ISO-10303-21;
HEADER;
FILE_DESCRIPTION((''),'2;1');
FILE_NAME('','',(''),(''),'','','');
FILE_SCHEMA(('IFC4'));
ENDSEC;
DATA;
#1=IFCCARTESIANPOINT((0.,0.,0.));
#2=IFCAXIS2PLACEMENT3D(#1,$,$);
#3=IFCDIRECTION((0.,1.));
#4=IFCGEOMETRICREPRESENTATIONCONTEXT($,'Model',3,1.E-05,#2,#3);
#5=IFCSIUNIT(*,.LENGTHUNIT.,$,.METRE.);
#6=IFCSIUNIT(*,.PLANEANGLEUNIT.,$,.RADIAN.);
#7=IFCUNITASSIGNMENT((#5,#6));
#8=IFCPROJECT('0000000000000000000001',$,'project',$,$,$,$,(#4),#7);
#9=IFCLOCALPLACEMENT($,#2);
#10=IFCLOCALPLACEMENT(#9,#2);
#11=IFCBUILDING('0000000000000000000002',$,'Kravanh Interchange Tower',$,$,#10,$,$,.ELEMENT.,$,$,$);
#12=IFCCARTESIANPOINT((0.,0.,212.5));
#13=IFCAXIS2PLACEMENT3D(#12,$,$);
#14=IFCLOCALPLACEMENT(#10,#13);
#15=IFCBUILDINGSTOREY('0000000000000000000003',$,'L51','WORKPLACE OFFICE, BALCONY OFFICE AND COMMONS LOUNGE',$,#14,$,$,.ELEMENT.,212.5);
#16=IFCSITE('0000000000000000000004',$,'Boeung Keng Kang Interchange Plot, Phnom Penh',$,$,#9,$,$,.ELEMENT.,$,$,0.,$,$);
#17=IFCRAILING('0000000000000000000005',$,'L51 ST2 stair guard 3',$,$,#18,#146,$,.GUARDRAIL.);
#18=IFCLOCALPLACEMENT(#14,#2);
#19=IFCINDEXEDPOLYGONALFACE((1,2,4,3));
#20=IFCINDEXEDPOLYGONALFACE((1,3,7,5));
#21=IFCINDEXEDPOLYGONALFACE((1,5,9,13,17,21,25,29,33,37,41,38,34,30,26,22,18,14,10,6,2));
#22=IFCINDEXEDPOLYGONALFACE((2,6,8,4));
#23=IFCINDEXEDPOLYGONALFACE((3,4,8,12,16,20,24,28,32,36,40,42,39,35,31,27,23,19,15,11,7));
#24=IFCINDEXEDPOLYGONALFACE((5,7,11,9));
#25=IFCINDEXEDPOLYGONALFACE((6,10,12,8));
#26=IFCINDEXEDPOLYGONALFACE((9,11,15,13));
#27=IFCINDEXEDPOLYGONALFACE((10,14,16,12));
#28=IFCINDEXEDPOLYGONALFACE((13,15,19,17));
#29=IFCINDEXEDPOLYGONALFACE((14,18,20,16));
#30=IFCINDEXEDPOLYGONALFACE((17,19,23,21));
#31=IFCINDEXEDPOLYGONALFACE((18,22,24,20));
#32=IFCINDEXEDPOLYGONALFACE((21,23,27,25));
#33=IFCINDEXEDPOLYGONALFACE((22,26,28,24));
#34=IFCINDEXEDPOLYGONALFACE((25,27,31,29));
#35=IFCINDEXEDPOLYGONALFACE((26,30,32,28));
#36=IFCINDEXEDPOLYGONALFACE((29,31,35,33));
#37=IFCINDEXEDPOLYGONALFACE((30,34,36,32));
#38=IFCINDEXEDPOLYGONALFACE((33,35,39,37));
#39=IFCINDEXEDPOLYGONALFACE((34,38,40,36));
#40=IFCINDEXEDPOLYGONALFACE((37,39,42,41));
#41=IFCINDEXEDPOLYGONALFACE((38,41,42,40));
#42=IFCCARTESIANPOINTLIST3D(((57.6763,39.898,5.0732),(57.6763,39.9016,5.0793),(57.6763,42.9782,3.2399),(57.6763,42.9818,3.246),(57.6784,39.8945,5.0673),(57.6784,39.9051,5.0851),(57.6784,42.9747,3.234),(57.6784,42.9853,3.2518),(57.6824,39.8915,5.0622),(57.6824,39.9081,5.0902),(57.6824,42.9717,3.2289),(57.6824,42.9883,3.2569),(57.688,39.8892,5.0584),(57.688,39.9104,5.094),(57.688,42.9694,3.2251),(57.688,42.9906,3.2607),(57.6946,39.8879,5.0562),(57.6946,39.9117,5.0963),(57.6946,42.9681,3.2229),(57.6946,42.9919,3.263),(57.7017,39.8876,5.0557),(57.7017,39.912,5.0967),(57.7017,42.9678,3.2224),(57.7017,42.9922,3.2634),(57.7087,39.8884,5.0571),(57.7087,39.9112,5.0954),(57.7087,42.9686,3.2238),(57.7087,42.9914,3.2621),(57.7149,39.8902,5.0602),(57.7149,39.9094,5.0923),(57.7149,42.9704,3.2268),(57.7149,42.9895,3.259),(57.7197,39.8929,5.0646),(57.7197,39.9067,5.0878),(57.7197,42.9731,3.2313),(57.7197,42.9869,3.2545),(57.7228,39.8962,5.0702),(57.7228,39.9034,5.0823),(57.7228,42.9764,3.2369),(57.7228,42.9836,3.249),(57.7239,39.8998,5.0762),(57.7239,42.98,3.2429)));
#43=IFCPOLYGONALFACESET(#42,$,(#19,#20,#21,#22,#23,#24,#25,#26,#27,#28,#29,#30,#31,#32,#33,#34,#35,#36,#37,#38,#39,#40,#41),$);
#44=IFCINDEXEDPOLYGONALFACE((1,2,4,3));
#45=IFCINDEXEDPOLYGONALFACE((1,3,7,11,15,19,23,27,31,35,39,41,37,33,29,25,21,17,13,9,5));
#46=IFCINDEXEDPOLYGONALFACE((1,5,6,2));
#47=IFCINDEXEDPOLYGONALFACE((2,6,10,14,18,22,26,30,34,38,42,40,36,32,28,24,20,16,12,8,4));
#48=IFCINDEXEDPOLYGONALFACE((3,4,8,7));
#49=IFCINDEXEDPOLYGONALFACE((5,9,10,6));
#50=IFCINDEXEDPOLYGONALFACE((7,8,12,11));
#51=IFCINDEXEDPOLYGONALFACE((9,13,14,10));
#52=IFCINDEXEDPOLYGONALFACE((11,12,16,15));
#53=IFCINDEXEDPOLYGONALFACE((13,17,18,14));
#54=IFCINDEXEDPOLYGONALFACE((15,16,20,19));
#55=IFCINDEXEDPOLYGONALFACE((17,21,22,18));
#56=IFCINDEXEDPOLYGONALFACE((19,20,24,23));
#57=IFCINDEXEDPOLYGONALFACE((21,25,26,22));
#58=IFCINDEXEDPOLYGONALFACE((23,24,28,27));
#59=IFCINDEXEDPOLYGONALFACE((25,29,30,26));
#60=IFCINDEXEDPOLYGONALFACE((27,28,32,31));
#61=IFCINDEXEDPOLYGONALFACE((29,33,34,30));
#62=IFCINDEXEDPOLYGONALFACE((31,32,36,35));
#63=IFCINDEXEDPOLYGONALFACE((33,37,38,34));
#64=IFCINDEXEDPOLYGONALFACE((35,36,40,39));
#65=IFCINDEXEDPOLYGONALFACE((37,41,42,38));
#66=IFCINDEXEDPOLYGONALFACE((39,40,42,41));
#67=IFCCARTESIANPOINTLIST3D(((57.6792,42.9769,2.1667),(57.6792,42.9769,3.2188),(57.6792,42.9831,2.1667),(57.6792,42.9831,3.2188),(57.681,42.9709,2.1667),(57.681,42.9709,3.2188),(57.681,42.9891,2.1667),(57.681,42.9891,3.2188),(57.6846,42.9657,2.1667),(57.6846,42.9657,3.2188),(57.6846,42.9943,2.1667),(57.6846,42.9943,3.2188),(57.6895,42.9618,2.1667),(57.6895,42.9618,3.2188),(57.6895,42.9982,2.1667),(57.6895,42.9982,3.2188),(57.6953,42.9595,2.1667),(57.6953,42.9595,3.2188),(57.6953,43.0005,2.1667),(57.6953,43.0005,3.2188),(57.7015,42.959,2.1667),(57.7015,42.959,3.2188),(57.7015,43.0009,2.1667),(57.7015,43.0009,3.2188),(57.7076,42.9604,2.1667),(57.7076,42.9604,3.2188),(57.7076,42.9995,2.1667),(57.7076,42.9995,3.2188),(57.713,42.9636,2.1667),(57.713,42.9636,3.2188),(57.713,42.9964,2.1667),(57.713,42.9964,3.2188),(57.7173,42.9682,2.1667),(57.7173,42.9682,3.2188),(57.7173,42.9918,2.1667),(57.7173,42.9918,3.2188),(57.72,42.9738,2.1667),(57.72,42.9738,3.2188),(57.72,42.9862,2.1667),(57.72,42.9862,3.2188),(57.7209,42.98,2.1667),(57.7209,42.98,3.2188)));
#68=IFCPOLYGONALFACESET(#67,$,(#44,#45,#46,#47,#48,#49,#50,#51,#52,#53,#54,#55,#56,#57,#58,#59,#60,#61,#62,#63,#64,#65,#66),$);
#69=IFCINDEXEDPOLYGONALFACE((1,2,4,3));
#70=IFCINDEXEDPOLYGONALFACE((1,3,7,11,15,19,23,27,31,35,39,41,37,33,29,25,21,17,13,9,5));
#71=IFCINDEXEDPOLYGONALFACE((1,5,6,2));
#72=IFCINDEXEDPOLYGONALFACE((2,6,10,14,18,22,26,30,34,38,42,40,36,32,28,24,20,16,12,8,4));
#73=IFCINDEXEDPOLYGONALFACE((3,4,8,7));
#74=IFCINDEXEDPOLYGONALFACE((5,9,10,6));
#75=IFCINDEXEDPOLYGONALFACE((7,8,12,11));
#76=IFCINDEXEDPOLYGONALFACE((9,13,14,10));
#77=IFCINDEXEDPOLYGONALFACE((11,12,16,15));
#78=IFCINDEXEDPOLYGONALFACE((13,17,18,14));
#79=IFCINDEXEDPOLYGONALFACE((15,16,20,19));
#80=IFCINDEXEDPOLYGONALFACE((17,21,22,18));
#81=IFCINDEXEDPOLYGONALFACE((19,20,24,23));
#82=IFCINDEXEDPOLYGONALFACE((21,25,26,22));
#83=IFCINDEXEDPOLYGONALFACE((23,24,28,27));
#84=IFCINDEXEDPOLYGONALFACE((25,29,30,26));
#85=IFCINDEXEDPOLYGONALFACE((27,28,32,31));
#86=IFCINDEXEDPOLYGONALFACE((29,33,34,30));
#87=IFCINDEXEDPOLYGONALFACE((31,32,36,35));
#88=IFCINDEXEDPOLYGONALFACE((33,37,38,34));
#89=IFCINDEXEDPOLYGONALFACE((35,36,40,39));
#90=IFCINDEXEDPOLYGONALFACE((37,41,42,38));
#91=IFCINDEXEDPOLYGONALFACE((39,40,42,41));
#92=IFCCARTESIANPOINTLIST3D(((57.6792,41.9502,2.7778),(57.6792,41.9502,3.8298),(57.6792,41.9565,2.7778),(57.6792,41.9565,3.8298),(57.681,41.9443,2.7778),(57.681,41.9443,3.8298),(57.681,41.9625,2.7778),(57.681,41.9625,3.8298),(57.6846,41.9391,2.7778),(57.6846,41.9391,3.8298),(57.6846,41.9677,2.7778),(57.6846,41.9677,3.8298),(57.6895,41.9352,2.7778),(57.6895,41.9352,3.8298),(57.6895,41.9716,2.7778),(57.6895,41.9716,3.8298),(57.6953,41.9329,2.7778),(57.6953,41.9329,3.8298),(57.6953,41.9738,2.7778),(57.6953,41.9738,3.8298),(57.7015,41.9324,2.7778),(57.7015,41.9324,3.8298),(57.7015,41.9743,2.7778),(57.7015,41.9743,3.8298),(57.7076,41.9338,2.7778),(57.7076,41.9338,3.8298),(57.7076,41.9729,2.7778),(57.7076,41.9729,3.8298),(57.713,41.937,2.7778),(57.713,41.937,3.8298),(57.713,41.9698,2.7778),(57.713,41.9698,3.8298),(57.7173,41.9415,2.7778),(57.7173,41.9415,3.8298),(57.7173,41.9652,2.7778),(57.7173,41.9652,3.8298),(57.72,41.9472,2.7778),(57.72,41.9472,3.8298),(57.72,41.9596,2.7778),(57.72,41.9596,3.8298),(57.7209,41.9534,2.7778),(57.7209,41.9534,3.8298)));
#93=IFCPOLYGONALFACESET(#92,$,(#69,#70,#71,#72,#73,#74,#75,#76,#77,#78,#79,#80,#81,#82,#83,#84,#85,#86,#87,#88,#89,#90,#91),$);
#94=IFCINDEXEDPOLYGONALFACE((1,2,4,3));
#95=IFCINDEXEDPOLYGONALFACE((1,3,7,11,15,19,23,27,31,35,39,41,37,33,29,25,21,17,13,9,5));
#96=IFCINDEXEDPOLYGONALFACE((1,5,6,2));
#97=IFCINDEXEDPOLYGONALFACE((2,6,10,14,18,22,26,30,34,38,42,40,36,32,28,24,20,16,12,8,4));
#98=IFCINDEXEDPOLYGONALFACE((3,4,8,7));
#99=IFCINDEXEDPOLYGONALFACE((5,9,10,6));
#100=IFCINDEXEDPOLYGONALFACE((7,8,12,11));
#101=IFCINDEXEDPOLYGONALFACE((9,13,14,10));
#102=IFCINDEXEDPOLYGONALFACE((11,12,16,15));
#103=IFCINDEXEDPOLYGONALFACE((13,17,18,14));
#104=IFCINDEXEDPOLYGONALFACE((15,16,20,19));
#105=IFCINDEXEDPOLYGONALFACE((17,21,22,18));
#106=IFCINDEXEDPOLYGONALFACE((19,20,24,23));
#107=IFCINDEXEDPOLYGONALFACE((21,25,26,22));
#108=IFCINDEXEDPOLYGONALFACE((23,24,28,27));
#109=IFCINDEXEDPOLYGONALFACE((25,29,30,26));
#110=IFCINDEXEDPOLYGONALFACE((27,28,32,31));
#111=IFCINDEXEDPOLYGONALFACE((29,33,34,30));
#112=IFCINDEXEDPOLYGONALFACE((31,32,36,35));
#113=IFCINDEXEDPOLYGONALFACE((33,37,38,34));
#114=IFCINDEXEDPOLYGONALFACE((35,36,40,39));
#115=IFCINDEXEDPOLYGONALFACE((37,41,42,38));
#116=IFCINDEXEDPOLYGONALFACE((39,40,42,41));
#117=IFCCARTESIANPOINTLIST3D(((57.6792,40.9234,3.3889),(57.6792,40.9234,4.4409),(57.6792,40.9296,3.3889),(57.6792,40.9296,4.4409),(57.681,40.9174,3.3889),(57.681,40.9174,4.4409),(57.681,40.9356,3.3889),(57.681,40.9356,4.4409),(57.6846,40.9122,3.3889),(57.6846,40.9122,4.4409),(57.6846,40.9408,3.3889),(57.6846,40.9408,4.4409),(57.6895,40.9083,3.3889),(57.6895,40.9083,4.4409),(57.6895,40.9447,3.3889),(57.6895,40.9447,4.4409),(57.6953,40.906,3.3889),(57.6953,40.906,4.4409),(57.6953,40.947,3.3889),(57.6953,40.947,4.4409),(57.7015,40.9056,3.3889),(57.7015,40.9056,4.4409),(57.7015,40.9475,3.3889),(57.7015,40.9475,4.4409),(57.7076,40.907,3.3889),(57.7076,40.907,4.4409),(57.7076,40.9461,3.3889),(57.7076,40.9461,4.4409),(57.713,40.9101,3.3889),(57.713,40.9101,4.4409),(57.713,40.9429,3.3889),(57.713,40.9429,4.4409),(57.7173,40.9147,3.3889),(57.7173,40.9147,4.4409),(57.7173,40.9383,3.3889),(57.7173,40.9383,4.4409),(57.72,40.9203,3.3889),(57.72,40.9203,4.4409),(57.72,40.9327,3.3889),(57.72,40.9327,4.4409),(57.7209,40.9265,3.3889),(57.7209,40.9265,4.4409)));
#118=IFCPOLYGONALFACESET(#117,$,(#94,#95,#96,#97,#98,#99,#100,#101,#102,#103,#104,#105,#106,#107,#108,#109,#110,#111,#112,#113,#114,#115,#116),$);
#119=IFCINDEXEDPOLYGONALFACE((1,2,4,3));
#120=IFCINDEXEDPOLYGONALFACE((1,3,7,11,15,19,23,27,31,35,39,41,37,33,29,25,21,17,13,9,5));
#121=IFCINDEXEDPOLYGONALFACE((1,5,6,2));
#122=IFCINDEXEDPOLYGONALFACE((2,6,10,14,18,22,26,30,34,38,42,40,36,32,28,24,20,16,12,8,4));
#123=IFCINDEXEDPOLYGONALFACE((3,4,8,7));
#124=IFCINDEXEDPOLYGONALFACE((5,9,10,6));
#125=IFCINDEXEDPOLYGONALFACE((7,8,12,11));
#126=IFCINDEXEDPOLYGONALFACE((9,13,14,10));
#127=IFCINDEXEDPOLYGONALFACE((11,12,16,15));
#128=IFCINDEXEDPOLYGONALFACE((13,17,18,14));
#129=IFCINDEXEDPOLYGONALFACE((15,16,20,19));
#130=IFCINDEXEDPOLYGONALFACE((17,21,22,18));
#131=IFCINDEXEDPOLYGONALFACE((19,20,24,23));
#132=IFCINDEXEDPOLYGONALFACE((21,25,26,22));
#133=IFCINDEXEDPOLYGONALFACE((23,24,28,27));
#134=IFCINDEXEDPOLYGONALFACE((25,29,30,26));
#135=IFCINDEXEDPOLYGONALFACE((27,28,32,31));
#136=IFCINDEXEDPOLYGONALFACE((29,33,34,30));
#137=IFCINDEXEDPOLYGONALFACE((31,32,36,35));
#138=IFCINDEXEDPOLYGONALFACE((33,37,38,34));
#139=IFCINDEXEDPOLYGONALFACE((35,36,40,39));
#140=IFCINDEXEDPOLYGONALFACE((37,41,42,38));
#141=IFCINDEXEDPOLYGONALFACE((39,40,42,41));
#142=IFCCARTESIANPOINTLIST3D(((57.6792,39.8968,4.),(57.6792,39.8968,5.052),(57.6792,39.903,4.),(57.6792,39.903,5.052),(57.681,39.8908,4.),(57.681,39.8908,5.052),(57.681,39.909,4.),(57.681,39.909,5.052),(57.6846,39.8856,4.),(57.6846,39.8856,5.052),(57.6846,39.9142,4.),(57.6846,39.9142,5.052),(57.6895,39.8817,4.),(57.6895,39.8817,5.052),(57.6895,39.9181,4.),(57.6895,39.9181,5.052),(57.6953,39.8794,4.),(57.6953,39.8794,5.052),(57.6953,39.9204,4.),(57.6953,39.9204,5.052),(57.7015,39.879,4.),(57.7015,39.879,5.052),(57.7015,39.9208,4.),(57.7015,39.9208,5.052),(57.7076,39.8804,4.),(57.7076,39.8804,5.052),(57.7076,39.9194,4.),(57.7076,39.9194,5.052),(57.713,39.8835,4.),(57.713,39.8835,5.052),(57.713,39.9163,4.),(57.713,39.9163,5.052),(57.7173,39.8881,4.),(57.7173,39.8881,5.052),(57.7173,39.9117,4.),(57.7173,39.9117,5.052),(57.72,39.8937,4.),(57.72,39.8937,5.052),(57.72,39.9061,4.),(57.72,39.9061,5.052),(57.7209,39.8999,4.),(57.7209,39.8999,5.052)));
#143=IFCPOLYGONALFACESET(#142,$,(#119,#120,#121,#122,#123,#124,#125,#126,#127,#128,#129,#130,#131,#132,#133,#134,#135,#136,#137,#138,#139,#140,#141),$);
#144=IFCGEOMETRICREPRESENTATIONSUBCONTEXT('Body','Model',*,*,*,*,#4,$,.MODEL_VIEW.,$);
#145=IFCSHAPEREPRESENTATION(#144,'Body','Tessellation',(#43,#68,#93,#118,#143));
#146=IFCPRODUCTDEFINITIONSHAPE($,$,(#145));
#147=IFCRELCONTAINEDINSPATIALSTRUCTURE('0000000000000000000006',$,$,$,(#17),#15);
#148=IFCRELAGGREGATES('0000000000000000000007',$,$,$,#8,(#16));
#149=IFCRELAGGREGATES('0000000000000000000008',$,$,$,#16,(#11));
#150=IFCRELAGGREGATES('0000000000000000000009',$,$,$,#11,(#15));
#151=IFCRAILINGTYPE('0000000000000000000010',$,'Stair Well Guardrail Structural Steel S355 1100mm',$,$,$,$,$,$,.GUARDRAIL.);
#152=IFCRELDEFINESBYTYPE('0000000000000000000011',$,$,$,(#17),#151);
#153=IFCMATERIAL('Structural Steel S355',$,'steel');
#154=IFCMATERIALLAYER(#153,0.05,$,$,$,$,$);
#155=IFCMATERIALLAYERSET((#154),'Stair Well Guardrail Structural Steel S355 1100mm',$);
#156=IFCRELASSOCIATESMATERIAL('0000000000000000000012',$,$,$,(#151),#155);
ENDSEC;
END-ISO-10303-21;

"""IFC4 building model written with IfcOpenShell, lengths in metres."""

from ifc_helpers import new_model, si_unit, direction, frame, origin, origin_2d, place, context, subcontext, project, spatial, circle, extrude, material, layer, layer_set, type_object, element, save


model = new_model("IFC4")

# Units and contexts
model_context = context("Model", 3, precision=1e-05, world=origin(), true_north=direction((0.0, 1.0)))
body_context = subcontext(model_context, "Body", "Model", "MODEL_VIEW")
ifc_project = project(units=[si_unit("LENGTHUNIT", "METRE"), si_unit("PLANEANGLEUNIT", "RADIAN")], contexts=[model_context])

# Site, building, storey
site_placement = place(None, origin())
site = spatial("IfcSite", under=ifc_project, at=site_placement, Name="Boeung Keng Kang Interchange Plot, Phnom Penh", CompositionType="ELEMENT", RefElevation=0.0)
building_placement = place(site_placement, origin())
building = spatial("IfcBuilding", under=site, at=building_placement, Name="Kravanh Interchange Tower", CompositionType="ELEMENT")
storey_placement = place(building_placement, frame((0.0, 0.0, 212.5)))
storey = spatial("IfcBuildingStorey", under=building, at=storey_placement, Name="L51", Description="WORKPLACE OFFICE, BALCONY OFFICE AND COMMONS LOUNGE", CompositionType="ELEMENT", Elevation=212.5)

# Railing
ifc_material_1 = material(Name="Structural Steel S355", Category="steel")
ifc_layer_1 = layer(ifc_material_1, 0.05)
ifc_layer_set_1 = layer_set([ifc_layer_1], Name="Stair Well Guardrail Structural Steel S355 1100mm")
railing_type_1 = type_object("IfcRailingType", Name="Stair Well Guardrail Structural Steel S355 1100mm", PredefinedType="GUARDRAIL", material=ifc_layer_set_1)
railing_1_placement = place(storey_placement, frame((57.7, 42.98, 2.1667)))
element("IfcRailing", 1, at=railing_1_placement, inside=storey, type_object=railing_type_1, Name="L51 ST2 stair guard 3", PredefinedType="GUARDRAIL", context=body_context, shape_type="SweptSolid", body=[
    extrude(circle(Radius=0.0239, at=origin_2d()), frame((0.0, 0.0, 1.0762), z_axis=(0.0, -0.859309, 0.511458), x_axis=(1.0, 0.0, 0.0)), (0.0, 0.0, 1.0), 3.5845),
    extrude(circle(Radius=0.021, at=origin_2d()), origin(), (0.0, 0.0, 1.0), 1.052),
    extrude(circle(Radius=0.021, at=origin_2d()), frame((0.0, -1.0266, 0.6111)), (0.0, 0.0, 1.0), 1.052),
    extrude(circle(Radius=0.021, at=origin_2d()), frame((0.0, -2.0535, 1.2222)), (0.0, 0.0, 1.0), 1.052),
    extrude(circle(Radius=0.021, at=origin_2d()), frame((0.0, -3.0801, 1.8333)), (0.0, 0.0, 1.0), 1.052),
])

save(model, "model.ifc")
